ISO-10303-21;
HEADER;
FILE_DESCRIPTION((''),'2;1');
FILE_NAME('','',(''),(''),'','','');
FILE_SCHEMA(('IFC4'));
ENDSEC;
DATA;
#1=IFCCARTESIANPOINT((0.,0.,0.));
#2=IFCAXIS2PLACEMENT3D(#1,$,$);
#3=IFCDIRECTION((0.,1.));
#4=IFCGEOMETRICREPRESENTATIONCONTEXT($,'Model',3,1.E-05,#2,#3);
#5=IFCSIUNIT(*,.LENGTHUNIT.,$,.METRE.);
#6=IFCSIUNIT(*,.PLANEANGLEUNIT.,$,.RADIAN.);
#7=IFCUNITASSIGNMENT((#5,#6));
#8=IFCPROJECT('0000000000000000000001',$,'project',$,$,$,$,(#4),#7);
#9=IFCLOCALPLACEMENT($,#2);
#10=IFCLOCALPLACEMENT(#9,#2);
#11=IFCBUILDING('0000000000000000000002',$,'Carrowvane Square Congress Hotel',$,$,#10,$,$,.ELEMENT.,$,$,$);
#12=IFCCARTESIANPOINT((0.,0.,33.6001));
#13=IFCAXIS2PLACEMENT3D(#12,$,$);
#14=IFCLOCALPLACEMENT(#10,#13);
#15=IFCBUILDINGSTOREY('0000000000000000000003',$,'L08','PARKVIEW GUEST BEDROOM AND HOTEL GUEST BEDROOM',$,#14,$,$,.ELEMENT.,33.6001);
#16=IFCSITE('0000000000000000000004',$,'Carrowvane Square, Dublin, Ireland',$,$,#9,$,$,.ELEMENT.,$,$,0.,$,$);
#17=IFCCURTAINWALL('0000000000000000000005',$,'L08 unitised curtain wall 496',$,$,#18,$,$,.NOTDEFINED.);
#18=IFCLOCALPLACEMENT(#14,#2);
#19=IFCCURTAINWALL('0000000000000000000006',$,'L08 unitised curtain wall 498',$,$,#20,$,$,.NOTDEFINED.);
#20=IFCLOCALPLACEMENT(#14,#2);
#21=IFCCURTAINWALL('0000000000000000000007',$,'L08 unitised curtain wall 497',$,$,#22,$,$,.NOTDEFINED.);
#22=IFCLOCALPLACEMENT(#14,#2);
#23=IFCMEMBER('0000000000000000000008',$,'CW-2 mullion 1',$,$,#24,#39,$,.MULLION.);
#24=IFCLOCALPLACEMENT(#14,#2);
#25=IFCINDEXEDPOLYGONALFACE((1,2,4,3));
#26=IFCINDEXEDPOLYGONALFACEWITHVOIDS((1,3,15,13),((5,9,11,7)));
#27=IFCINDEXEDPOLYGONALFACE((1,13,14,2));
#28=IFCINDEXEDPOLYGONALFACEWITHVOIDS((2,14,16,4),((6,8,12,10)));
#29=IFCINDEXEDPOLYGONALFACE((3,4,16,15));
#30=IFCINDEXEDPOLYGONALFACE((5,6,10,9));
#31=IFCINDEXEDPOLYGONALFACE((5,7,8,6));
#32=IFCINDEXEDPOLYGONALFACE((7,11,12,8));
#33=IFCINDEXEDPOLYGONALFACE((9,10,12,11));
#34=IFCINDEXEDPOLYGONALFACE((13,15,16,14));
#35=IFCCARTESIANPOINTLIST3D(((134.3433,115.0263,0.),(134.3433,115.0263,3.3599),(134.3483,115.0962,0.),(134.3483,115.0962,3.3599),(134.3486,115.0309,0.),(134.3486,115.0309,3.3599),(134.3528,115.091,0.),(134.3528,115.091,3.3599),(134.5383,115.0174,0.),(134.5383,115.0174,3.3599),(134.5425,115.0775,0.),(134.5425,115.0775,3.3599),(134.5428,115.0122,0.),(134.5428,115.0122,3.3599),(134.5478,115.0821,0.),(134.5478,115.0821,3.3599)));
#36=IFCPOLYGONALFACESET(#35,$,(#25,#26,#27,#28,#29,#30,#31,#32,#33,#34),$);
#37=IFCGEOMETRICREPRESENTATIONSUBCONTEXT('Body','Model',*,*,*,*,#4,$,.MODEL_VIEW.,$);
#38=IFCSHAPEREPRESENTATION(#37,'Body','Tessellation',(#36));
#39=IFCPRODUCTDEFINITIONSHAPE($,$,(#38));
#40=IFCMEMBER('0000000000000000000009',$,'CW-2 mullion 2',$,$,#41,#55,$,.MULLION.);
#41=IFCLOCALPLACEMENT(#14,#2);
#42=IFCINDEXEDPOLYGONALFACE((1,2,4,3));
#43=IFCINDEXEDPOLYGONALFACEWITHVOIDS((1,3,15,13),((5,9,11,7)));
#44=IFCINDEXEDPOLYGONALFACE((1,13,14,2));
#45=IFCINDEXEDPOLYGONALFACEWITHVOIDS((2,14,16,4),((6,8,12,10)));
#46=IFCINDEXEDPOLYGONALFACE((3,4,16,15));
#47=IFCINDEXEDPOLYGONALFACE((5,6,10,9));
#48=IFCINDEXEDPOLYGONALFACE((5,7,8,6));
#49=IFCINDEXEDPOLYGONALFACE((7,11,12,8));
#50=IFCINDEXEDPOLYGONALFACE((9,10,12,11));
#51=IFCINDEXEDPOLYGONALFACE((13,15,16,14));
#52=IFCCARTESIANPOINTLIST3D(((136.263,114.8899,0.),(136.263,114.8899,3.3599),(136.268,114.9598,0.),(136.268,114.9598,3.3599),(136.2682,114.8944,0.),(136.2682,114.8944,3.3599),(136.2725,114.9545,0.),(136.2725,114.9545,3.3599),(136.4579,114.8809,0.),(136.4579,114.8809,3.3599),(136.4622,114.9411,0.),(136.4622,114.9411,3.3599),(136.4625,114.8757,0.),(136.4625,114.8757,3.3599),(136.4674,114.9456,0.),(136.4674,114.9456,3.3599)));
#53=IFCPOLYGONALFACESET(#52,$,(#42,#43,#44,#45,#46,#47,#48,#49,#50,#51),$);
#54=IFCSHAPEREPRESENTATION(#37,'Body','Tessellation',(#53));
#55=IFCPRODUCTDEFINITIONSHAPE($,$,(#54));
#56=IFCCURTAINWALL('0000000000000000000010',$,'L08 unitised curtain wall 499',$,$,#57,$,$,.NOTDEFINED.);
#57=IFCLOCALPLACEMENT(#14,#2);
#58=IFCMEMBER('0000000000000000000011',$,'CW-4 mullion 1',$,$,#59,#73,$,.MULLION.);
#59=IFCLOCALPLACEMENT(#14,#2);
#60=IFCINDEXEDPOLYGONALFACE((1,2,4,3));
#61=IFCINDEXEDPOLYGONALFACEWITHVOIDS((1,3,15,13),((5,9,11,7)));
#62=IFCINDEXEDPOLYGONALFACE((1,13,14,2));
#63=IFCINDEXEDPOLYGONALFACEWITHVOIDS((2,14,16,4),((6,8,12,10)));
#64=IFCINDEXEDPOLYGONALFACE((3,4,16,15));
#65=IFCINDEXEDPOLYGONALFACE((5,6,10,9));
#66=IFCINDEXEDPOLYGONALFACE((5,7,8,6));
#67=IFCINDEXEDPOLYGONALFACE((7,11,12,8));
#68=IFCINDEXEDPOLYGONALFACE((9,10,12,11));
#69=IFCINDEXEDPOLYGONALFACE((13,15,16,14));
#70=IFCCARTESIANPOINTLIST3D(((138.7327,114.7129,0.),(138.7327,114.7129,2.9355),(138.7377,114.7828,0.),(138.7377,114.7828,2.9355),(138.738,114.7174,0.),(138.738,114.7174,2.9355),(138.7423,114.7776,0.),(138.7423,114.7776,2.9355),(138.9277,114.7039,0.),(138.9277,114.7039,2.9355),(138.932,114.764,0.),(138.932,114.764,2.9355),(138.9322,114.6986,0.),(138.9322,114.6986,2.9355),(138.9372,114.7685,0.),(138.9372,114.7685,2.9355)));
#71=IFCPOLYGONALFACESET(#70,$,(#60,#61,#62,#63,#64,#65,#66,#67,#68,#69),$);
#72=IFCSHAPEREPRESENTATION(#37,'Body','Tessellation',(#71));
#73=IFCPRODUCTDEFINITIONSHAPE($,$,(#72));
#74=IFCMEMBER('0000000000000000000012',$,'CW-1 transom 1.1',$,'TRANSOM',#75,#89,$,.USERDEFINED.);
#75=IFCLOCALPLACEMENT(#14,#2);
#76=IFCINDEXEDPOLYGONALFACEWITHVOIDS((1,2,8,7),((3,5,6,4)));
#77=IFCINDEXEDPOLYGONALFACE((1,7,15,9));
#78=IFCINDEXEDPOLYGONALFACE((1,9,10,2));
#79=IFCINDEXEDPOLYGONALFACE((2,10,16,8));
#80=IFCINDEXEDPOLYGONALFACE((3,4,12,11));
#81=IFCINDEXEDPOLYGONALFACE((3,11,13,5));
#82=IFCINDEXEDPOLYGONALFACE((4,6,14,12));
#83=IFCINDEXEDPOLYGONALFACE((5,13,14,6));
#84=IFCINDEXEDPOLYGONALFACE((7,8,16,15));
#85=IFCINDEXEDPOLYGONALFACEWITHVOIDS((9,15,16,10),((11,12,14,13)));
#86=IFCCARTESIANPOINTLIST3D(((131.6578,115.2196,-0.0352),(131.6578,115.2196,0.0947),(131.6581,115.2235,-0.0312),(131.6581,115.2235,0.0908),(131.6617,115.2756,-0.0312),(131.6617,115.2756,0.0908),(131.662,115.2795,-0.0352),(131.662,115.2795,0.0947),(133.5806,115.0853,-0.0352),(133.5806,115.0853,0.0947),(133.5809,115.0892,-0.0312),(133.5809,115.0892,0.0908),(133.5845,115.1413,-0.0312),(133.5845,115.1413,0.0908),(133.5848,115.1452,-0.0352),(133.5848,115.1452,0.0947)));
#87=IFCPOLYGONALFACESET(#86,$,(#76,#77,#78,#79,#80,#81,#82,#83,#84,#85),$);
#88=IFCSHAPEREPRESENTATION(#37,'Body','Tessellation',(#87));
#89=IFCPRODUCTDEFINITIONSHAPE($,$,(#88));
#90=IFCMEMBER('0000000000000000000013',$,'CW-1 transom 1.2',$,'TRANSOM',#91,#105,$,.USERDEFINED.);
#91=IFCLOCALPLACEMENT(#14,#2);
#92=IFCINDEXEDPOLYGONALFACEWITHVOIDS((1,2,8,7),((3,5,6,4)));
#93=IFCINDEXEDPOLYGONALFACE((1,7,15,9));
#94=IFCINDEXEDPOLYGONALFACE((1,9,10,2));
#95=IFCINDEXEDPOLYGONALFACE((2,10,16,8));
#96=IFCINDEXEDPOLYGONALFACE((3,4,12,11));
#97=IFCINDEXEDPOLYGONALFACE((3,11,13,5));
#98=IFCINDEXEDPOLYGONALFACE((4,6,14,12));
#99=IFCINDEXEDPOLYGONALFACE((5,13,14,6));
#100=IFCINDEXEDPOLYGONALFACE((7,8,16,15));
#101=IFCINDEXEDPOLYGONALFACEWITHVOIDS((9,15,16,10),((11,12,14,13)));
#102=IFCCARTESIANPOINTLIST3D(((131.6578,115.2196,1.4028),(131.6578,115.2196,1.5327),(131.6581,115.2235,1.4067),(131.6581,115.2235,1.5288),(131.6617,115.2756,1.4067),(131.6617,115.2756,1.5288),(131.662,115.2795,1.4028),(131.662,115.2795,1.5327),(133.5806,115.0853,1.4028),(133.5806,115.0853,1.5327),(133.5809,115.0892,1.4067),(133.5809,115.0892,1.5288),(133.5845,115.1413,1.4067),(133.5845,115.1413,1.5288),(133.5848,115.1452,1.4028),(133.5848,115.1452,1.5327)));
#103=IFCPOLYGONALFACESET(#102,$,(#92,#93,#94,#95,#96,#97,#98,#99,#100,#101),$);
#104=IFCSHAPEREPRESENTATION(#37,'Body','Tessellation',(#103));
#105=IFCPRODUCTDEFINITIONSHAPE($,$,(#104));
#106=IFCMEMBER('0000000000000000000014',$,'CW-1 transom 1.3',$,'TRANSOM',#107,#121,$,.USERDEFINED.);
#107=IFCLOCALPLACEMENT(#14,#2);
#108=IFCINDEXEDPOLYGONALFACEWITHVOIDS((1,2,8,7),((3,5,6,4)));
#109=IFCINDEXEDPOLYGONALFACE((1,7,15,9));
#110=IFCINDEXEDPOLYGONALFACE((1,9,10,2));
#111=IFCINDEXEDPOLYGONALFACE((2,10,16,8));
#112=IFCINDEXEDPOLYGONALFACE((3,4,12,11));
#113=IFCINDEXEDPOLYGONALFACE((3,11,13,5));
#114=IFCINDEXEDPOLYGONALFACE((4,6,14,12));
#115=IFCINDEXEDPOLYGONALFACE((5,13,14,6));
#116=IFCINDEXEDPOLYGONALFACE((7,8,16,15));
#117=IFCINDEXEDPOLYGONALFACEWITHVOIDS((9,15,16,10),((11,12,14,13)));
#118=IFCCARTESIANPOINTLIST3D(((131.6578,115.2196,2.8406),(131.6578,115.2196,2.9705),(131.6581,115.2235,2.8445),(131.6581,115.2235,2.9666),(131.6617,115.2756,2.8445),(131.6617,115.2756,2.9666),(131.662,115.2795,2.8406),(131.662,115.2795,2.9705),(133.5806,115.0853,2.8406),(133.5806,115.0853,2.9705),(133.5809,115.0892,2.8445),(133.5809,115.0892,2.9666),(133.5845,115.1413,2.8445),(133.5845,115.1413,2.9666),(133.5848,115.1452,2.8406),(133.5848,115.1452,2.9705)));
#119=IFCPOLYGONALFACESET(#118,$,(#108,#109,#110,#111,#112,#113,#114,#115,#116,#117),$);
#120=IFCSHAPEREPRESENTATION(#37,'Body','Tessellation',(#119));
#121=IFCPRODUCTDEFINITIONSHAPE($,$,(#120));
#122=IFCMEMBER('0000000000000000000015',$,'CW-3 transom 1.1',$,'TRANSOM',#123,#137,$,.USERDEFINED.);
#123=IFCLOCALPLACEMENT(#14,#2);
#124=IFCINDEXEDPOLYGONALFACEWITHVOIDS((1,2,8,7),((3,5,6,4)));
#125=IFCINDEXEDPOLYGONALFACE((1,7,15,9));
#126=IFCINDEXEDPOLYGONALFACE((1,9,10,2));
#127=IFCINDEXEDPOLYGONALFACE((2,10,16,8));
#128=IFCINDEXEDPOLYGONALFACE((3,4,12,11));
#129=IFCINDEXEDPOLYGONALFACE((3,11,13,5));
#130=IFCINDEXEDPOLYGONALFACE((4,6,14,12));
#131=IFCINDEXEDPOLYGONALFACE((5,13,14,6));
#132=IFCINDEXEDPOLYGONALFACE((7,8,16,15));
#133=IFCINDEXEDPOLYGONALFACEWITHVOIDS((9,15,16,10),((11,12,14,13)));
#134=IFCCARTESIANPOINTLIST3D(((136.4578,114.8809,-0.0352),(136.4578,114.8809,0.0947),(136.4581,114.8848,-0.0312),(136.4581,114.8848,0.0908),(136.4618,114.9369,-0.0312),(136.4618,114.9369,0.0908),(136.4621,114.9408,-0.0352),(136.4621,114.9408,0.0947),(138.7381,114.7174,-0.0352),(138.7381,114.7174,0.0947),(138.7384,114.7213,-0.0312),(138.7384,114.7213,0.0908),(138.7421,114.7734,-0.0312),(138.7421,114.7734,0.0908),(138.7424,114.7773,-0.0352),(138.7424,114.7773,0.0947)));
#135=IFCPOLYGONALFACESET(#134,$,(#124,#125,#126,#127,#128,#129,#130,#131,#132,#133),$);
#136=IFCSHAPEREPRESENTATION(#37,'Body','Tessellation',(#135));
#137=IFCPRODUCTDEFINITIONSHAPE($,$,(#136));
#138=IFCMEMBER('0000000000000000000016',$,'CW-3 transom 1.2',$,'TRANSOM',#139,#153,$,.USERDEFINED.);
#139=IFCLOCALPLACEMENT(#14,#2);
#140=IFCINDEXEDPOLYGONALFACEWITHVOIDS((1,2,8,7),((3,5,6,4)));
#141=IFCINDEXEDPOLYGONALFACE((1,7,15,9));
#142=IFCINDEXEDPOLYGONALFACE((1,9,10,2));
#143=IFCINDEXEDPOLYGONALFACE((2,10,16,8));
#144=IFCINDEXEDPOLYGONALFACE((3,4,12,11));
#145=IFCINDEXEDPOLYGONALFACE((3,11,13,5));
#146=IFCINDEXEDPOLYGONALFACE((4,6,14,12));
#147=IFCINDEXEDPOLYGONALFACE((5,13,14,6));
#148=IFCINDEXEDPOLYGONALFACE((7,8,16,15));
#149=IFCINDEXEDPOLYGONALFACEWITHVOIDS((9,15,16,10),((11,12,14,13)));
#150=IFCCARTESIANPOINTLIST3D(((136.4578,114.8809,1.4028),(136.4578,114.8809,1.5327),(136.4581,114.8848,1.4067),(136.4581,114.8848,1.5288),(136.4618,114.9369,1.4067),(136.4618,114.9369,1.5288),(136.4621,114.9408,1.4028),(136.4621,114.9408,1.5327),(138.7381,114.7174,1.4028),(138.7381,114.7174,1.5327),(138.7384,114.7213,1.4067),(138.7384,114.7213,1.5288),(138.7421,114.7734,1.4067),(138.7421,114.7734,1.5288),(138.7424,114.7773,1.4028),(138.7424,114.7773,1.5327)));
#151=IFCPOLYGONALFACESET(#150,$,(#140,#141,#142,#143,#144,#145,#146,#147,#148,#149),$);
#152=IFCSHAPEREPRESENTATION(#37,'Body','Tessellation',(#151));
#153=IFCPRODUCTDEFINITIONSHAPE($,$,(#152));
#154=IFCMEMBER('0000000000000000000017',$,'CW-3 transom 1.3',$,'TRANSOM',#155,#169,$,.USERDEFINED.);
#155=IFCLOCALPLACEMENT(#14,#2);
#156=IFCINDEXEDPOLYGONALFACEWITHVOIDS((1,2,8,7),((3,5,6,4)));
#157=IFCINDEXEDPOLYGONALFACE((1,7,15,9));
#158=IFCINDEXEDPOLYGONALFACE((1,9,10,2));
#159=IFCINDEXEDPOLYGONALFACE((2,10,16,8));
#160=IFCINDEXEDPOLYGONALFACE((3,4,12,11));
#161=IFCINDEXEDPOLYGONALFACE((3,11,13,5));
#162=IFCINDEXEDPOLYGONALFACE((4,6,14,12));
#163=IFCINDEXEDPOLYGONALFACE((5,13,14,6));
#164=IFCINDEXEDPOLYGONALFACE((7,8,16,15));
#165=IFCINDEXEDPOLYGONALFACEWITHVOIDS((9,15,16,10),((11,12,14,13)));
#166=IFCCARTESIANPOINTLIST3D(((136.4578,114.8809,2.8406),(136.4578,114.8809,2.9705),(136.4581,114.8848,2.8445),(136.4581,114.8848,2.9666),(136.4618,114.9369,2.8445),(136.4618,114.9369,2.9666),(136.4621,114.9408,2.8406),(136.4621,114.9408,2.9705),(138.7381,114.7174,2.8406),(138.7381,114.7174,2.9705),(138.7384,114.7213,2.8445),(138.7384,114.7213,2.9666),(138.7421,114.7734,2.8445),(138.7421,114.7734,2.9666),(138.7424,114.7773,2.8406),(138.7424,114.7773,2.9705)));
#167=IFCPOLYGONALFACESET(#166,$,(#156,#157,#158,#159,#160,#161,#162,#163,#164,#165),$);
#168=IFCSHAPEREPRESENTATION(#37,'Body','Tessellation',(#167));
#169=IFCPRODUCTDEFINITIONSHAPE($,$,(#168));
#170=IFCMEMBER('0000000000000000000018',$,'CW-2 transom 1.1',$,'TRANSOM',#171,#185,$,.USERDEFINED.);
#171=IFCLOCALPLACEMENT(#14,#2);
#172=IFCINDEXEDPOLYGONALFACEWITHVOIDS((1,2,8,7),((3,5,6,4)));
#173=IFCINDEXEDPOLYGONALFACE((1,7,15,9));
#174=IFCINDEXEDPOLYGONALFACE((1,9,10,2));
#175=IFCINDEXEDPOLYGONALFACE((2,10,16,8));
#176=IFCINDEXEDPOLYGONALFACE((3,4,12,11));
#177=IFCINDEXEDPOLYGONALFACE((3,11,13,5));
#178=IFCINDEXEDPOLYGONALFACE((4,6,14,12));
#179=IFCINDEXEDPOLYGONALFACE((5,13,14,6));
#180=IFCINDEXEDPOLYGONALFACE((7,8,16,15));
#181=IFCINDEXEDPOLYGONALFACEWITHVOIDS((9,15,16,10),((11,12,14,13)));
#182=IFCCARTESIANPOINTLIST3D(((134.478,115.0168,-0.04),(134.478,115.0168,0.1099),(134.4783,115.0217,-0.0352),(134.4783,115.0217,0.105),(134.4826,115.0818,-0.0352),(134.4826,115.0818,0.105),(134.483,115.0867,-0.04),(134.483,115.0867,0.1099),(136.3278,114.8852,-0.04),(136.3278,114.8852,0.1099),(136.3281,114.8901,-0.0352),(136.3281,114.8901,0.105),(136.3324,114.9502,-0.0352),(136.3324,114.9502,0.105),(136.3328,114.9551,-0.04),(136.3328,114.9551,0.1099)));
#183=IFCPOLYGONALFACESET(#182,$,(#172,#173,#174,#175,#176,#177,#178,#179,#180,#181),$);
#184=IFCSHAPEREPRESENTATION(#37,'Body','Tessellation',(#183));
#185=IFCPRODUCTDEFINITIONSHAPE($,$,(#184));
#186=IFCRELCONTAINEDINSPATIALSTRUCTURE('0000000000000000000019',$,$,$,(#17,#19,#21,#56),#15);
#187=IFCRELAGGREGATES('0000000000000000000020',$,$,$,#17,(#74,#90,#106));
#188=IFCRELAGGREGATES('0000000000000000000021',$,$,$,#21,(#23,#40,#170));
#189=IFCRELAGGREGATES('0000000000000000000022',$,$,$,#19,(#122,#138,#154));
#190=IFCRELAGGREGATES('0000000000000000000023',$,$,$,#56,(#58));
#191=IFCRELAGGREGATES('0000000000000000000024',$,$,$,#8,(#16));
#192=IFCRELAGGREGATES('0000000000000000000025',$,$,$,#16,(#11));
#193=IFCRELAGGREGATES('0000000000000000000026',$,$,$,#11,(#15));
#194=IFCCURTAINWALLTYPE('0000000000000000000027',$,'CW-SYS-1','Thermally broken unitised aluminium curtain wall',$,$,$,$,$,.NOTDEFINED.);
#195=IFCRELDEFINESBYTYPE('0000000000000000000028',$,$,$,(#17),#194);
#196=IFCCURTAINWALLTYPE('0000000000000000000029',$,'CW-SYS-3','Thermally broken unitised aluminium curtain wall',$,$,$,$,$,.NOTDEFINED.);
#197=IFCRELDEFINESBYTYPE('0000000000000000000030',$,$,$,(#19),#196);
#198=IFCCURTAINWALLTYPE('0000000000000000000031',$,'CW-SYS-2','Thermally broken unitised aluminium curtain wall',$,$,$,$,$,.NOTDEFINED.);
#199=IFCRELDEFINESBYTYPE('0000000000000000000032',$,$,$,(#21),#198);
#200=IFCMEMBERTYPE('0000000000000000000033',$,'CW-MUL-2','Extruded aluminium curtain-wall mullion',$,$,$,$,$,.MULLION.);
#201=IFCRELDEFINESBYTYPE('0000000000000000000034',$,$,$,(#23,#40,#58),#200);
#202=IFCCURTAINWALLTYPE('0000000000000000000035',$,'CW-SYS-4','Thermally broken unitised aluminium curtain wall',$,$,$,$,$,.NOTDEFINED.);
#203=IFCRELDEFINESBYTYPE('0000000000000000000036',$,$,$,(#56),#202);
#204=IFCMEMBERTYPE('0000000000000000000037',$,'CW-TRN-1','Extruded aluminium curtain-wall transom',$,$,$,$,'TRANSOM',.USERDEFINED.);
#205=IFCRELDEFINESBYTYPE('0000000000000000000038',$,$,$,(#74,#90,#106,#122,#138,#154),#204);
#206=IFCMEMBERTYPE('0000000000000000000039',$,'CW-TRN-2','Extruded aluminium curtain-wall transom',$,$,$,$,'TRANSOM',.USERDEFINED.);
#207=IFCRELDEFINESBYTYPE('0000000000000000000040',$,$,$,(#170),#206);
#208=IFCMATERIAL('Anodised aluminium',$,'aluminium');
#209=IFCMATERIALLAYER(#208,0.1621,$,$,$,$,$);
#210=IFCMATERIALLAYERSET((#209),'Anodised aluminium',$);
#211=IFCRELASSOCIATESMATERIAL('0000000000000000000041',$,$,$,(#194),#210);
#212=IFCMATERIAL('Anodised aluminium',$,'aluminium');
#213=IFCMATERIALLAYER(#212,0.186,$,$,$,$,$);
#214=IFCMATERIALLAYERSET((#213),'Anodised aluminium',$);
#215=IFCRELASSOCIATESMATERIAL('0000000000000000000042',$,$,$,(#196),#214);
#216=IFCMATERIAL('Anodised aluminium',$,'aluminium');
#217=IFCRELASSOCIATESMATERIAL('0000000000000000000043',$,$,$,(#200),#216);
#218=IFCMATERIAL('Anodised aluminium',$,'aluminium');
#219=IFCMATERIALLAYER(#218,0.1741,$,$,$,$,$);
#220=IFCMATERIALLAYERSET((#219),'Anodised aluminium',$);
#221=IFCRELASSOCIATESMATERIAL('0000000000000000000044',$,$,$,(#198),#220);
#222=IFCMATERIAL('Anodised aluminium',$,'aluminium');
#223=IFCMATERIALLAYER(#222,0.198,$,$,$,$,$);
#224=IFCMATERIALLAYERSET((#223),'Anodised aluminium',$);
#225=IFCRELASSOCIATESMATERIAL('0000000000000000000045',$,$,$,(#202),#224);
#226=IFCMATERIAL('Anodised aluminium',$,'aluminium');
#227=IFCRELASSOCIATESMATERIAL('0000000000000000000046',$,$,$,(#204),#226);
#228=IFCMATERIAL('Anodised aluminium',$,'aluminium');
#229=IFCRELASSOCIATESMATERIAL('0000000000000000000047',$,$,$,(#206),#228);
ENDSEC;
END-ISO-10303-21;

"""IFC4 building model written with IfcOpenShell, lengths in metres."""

from ifc_helpers import new_model, si_unit, direction, frame, origin, origin_2d, place, context, subcontext, project, spatial, hollow_rectangle, extrude, material, layer, layer_set, material_profile, profile_set, type_object, element, aggregate, save


model = new_model("IFC4")

# Units and contexts
model_context = context("Model", 3, precision=1e-05, world=origin(), true_north=direction((0.0, 1.0)))
body_context = subcontext(model_context, "Body", "Model", "MODEL_VIEW")
ifc_project = project(units=[si_unit("LENGTHUNIT", "METRE"), si_unit("PLANEANGLEUNIT", "RADIAN")], contexts=[model_context])

# Site, building, storey
site_placement = place(None, origin())
site = spatial("IfcSite", under=ifc_project, at=site_placement, Name="Carrowvane Square, Dublin, Ireland", CompositionType="ELEMENT", RefElevation=0.0)
building_placement = place(site_placement, origin())
building = spatial("IfcBuilding", under=site, at=building_placement, Name="Carrowvane Square Congress Hotel", CompositionType="ELEMENT")
storey_placement = place(building_placement, frame((0.0, 0.0, 33.6001)))
storey = spatial("IfcBuildingStorey", under=building, at=storey_placement, Name="L08", Description="PARKVIEW GUEST BEDROOM AND HOTEL GUEST BEDROOM", CompositionType="ELEMENT", Elevation=33.6001)

# Curtain walls
ifc_material_1 = material(Name="Anodised aluminium", Category="aluminium")
ifc_layer_1 = layer(ifc_material_1, 0.1621)
ifc_layer_set_1 = layer_set([ifc_layer_1], Name="Anodised aluminium")
curtain_wall_type_1 = type_object("IfcCurtainWallType", Name="CW-SYS-1", Description="Thermally broken unitised aluminium curtain wall", PredefinedType="NOTDEFINED", material=ifc_layer_set_1)
curtain_wall_1_placement = place(storey_placement, origin())
curtain_wall_1 = element("IfcCurtainWall", 1, at=curtain_wall_1_placement, inside=storey, type_object=curtain_wall_type_1, Name="L08 unitised curtain wall 496", PredefinedType="NOTDEFINED")
ifc_material_2 = material(Name="Anodised aluminium", Category="aluminium")
ifc_layer_2 = layer(ifc_material_2, 0.186)
ifc_layer_set_2 = layer_set([ifc_layer_2], Name="Anodised aluminium")
curtain_wall_type_2 = type_object("IfcCurtainWallType", Name="CW-SYS-3", Description="Thermally broken unitised aluminium curtain wall", PredefinedType="NOTDEFINED", material=ifc_layer_set_2)
curtain_wall_2_placement = place(storey_placement, origin())
curtain_wall_2 = element("IfcCurtainWall", 2, at=curtain_wall_2_placement, inside=storey, type_object=curtain_wall_type_2, Name="L08 unitised curtain wall 498", PredefinedType="NOTDEFINED")

# Shared definitions
ifc_material_3 = material(Name="Anodised aluminium", Category="aluminium")
ifc_material_profile_1 = material_profile(ifc_material_3, hollow_rectangle(XDim=0.0701, YDim=0.2, WallThickness=0.0049, at=origin_2d()), Name="CW-ML 70x200x5")
ifc_profile_set_1 = profile_set([ifc_material_profile_1], Name="Anodised aluminium")
member_type_1 = type_object("IfcMemberType", Name="CW-MUL-2", Description="Extruded aluminium curtain-wall mullion", PredefinedType="MULLION", material=ifc_profile_set_1)

# Curtain wall, members
ifc_material_4 = material(Name="Anodised aluminium", Category="aluminium")
ifc_layer_3 = layer(ifc_material_4, 0.1741)
ifc_layer_set_3 = layer_set([ifc_layer_3], Name="Anodised aluminium")
curtain_wall_type_3 = type_object("IfcCurtainWallType", Name="CW-SYS-2", Description="Thermally broken unitised aluminium curtain wall", PredefinedType="NOTDEFINED", material=ifc_layer_set_3)
curtain_wall_3_placement = place(storey_placement, origin())
curtain_wall_3 = element("IfcCurtainWall", 3, at=curtain_wall_3_placement, inside=storey, type_object=curtain_wall_type_3, Name="L08 unitised curtain wall 497", PredefinedType="NOTDEFINED")
member_1_placement = place(storey_placement, frame((134.4456, 115.0542, 0.0), z_axis=(0.0, 0.0, 1.0), x_axis=(0.07096, 0.997479, 0.0)))
member_1 = element("IfcMember", 4, at=member_1_placement, type_object=member_type_1, Name="CW-2 mullion 1", PredefinedType="MULLION", context=body_context, shape_type="SweptSolid", body=[
    extrude(hollow_rectangle(XDim=0.0701, YDim=0.2, WallThickness=0.0049, at=origin_2d()), origin(), (0.0, 0.0, 1.0), 3.3599),
])
member_2_placement = place(storey_placement, frame((136.3652, 114.9177, 0.0), z_axis=(0.0, 0.0, 1.0), x_axis=(0.07096, 0.997479, 0.0)))
member_2 = element("IfcMember", 5, at=member_2_placement, type_object=member_type_1, Name="CW-2 mullion 2", PredefinedType="MULLION", context=body_context, shape_type="SweptSolid", body=[
    extrude(hollow_rectangle(XDim=0.0701, YDim=0.2, WallThickness=0.0049, at=origin_2d()), origin(), (0.0, 0.0, 1.0), 3.3599),
])

# Curtain wall, member
ifc_material_5 = material(Name="Anodised aluminium", Category="aluminium")
ifc_layer_4 = layer(ifc_material_5, 0.198)
ifc_layer_set_4 = layer_set([ifc_layer_4], Name="Anodised aluminium")
curtain_wall_type_4 = type_object("IfcCurtainWallType", Name="CW-SYS-4", Description="Thermally broken unitised aluminium curtain wall", PredefinedType="NOTDEFINED", material=ifc_layer_set_4)
curtain_wall_4_placement = place(storey_placement, origin())
curtain_wall_4 = element("IfcCurtainWall", 6, at=curtain_wall_4_placement, inside=storey, type_object=curtain_wall_type_4, Name="L08 unitised curtain wall 499", PredefinedType="NOTDEFINED")
member_3_placement = place(storey_placement, frame((138.835, 114.7407, 0.0), z_axis=(0.0, 0.0, 1.0), x_axis=(0.071422, 0.997446, 0.0)))
member_3 = element("IfcMember", 7, at=member_3_placement, type_object=member_type_1, Name="CW-4 mullion 1", PredefinedType="MULLION", context=body_context, shape_type="SweptSolid", body=[
    extrude(hollow_rectangle(XDim=0.0701, YDim=0.2, WallThickness=0.0049, at=origin_2d()), origin(), (0.0, 0.0, 1.0), 2.9355),
])

# Members
ifc_material_6 = material(Name="Anodised aluminium", Category="aluminium")
ifc_material_profile_2 = material_profile(ifc_material_6, hollow_rectangle(XDim=0.0601, YDim=0.1299, WallThickness=0.0039, at=origin_2d()), Name="CW-TR 60x130x4")
ifc_profile_set_2 = profile_set([ifc_material_profile_2], Name="Anodised aluminium")
member_type_2 = type_object("IfcMemberType", Name="CW-TRN-1", Description="Extruded aluminium curtain-wall transom", ElementType="TRANSOM", PredefinedType="USERDEFINED", material=ifc_profile_set_2)
member_4_placement = place(storey_placement, frame((131.6599, 115.2495, 0.0298), z_axis=(0.997571, -0.069663, 0.0), x_axis=(0.069663, 0.997571, 0.0)))
member_4 = element("IfcMember", 8, at=member_4_placement, type_object=member_type_2, Name="CW-1 transom 1.1", ObjectType="TRANSOM", PredefinedType="USERDEFINED", context=body_context, shape_type="SweptSolid", body=[
    extrude(hollow_rectangle(XDim=0.0601, YDim=0.1299, WallThickness=0.0039, at=origin_2d()), origin(), (0.0, 0.0, 1.0), 1.9275),
])
member_5_placement = place(storey_placement, frame((131.6599, 115.2495, 1.4678), z_axis=(0.997571, -0.069663, 0.0), x_axis=(0.069663, 0.997571, 0.0)))
member_5 = element("IfcMember", 9, at=member_5_placement, type_object=member_type_2, Name="CW-1 transom 1.2", ObjectType="TRANSOM", PredefinedType="USERDEFINED", context=body_context, shape_type="SweptSolid", body=[
    extrude(hollow_rectangle(XDim=0.0601, YDim=0.1299, WallThickness=0.0039, at=origin_2d()), origin(), (0.0, 0.0, 1.0), 1.9275),
])
member_6_placement = place(storey_placement, frame((131.6599, 115.2495, 2.9055), z_axis=(0.997571, -0.069663, 0.0), x_axis=(0.069663, 0.997571, 0.0)))
member_6 = element("IfcMember", 10, at=member_6_placement, type_object=member_type_2, Name="CW-1 transom 1.3", ObjectType="TRANSOM", PredefinedType="USERDEFINED", context=body_context, shape_type="SweptSolid", body=[
    extrude(hollow_rectangle(XDim=0.0601, YDim=0.1299, WallThickness=0.0039, at=origin_2d()), origin(), (0.0, 0.0, 1.0), 1.9275),
])
member_7_placement = place(storey_placement, frame((136.46, 114.9109, 0.0298), z_axis=(0.997437, -0.071551, 0.0), x_axis=(0.071551, 0.997437, 0.0)))
member_7 = element("IfcMember", 11, at=member_7_placement, type_object=member_type_2, Name="CW-3 transom 1.1", ObjectType="TRANSOM", PredefinedType="USERDEFINED", context=body_context, shape_type="SweptSolid", body=[
    extrude(hollow_rectangle(XDim=0.0601, YDim=0.1299, WallThickness=0.0039, at=origin_2d()), origin(), (0.0, 0.0, 1.0), 2.2861),
])
member_8_placement = place(storey_placement, frame((136.46, 114.9109, 1.4678), z_axis=(0.997437, -0.071551, 0.0), x_axis=(0.071551, 0.997437, 0.0)))
member_8 = element("IfcMember", 12, at=member_8_placement, type_object=member_type_2, Name="CW-3 transom 1.2", ObjectType="TRANSOM", PredefinedType="USERDEFINED", context=body_context, shape_type="SweptSolid", body=[
    extrude(hollow_rectangle(XDim=0.0601, YDim=0.1299, WallThickness=0.0039, at=origin_2d()), origin(), (0.0, 0.0, 1.0), 2.2861),
])
member_9_placement = place(storey_placement, frame((136.46, 114.9109, 2.9055), z_axis=(0.997437, -0.071551, 0.0), x_axis=(0.071551, 0.997437, 0.0)))
member_9 = element("IfcMember", 13, at=member_9_placement, type_object=member_type_2, Name="CW-3 transom 1.3", ObjectType="TRANSOM", PredefinedType="USERDEFINED", context=body_context, shape_type="SweptSolid", body=[
    extrude(hollow_rectangle(XDim=0.0601, YDim=0.1299, WallThickness=0.0039, at=origin_2d()), origin(), (0.0, 0.0, 1.0), 2.2861),
])
ifc_material_7 = material(Name="Anodised aluminium", Category="aluminium")
ifc_material_profile_3 = material_profile(ifc_material_7, hollow_rectangle(XDim=0.0701, YDim=0.1499, WallThickness=0.0049, at=origin_2d()), Name="CW-TR 70x150x5")
ifc_profile_set_3 = profile_set([ifc_material_profile_3], Name="Anodised aluminium")
member_type_3 = type_object("IfcMemberType", Name="CW-TRN-2", Description="Extruded aluminium curtain-wall transom", ElementType="TRANSOM", PredefinedType="USERDEFINED", material=ifc_profile_set_3)
member_10_placement = place(storey_placement, frame((134.4805, 115.0518, 0.0349), z_axis=(0.997479, -0.070957, 0.0), x_axis=(0.070957, 0.997479, 0.0)))
member_10 = element("IfcMember", 14, at=member_10_placement, type_object=member_type_3, Name="CW-2 transom 1.1", ObjectType="TRANSOM", PredefinedType="USERDEFINED", context=body_context, shape_type="SweptSolid", body=[
    extrude(hollow_rectangle(XDim=0.0701, YDim=0.1499, WallThickness=0.0049, at=origin_2d()), origin(), (0.0, 0.0, 1.0), 1.8545),
])

aggregate(curtain_wall_1, [member_4, member_5, member_6])
aggregate(curtain_wall_3, [member_1, member_2, member_10])
aggregate(curtain_wall_2, [member_7, member_8, member_9])
aggregate(curtain_wall_4, [member_3])

save(model, "model.ifc")
